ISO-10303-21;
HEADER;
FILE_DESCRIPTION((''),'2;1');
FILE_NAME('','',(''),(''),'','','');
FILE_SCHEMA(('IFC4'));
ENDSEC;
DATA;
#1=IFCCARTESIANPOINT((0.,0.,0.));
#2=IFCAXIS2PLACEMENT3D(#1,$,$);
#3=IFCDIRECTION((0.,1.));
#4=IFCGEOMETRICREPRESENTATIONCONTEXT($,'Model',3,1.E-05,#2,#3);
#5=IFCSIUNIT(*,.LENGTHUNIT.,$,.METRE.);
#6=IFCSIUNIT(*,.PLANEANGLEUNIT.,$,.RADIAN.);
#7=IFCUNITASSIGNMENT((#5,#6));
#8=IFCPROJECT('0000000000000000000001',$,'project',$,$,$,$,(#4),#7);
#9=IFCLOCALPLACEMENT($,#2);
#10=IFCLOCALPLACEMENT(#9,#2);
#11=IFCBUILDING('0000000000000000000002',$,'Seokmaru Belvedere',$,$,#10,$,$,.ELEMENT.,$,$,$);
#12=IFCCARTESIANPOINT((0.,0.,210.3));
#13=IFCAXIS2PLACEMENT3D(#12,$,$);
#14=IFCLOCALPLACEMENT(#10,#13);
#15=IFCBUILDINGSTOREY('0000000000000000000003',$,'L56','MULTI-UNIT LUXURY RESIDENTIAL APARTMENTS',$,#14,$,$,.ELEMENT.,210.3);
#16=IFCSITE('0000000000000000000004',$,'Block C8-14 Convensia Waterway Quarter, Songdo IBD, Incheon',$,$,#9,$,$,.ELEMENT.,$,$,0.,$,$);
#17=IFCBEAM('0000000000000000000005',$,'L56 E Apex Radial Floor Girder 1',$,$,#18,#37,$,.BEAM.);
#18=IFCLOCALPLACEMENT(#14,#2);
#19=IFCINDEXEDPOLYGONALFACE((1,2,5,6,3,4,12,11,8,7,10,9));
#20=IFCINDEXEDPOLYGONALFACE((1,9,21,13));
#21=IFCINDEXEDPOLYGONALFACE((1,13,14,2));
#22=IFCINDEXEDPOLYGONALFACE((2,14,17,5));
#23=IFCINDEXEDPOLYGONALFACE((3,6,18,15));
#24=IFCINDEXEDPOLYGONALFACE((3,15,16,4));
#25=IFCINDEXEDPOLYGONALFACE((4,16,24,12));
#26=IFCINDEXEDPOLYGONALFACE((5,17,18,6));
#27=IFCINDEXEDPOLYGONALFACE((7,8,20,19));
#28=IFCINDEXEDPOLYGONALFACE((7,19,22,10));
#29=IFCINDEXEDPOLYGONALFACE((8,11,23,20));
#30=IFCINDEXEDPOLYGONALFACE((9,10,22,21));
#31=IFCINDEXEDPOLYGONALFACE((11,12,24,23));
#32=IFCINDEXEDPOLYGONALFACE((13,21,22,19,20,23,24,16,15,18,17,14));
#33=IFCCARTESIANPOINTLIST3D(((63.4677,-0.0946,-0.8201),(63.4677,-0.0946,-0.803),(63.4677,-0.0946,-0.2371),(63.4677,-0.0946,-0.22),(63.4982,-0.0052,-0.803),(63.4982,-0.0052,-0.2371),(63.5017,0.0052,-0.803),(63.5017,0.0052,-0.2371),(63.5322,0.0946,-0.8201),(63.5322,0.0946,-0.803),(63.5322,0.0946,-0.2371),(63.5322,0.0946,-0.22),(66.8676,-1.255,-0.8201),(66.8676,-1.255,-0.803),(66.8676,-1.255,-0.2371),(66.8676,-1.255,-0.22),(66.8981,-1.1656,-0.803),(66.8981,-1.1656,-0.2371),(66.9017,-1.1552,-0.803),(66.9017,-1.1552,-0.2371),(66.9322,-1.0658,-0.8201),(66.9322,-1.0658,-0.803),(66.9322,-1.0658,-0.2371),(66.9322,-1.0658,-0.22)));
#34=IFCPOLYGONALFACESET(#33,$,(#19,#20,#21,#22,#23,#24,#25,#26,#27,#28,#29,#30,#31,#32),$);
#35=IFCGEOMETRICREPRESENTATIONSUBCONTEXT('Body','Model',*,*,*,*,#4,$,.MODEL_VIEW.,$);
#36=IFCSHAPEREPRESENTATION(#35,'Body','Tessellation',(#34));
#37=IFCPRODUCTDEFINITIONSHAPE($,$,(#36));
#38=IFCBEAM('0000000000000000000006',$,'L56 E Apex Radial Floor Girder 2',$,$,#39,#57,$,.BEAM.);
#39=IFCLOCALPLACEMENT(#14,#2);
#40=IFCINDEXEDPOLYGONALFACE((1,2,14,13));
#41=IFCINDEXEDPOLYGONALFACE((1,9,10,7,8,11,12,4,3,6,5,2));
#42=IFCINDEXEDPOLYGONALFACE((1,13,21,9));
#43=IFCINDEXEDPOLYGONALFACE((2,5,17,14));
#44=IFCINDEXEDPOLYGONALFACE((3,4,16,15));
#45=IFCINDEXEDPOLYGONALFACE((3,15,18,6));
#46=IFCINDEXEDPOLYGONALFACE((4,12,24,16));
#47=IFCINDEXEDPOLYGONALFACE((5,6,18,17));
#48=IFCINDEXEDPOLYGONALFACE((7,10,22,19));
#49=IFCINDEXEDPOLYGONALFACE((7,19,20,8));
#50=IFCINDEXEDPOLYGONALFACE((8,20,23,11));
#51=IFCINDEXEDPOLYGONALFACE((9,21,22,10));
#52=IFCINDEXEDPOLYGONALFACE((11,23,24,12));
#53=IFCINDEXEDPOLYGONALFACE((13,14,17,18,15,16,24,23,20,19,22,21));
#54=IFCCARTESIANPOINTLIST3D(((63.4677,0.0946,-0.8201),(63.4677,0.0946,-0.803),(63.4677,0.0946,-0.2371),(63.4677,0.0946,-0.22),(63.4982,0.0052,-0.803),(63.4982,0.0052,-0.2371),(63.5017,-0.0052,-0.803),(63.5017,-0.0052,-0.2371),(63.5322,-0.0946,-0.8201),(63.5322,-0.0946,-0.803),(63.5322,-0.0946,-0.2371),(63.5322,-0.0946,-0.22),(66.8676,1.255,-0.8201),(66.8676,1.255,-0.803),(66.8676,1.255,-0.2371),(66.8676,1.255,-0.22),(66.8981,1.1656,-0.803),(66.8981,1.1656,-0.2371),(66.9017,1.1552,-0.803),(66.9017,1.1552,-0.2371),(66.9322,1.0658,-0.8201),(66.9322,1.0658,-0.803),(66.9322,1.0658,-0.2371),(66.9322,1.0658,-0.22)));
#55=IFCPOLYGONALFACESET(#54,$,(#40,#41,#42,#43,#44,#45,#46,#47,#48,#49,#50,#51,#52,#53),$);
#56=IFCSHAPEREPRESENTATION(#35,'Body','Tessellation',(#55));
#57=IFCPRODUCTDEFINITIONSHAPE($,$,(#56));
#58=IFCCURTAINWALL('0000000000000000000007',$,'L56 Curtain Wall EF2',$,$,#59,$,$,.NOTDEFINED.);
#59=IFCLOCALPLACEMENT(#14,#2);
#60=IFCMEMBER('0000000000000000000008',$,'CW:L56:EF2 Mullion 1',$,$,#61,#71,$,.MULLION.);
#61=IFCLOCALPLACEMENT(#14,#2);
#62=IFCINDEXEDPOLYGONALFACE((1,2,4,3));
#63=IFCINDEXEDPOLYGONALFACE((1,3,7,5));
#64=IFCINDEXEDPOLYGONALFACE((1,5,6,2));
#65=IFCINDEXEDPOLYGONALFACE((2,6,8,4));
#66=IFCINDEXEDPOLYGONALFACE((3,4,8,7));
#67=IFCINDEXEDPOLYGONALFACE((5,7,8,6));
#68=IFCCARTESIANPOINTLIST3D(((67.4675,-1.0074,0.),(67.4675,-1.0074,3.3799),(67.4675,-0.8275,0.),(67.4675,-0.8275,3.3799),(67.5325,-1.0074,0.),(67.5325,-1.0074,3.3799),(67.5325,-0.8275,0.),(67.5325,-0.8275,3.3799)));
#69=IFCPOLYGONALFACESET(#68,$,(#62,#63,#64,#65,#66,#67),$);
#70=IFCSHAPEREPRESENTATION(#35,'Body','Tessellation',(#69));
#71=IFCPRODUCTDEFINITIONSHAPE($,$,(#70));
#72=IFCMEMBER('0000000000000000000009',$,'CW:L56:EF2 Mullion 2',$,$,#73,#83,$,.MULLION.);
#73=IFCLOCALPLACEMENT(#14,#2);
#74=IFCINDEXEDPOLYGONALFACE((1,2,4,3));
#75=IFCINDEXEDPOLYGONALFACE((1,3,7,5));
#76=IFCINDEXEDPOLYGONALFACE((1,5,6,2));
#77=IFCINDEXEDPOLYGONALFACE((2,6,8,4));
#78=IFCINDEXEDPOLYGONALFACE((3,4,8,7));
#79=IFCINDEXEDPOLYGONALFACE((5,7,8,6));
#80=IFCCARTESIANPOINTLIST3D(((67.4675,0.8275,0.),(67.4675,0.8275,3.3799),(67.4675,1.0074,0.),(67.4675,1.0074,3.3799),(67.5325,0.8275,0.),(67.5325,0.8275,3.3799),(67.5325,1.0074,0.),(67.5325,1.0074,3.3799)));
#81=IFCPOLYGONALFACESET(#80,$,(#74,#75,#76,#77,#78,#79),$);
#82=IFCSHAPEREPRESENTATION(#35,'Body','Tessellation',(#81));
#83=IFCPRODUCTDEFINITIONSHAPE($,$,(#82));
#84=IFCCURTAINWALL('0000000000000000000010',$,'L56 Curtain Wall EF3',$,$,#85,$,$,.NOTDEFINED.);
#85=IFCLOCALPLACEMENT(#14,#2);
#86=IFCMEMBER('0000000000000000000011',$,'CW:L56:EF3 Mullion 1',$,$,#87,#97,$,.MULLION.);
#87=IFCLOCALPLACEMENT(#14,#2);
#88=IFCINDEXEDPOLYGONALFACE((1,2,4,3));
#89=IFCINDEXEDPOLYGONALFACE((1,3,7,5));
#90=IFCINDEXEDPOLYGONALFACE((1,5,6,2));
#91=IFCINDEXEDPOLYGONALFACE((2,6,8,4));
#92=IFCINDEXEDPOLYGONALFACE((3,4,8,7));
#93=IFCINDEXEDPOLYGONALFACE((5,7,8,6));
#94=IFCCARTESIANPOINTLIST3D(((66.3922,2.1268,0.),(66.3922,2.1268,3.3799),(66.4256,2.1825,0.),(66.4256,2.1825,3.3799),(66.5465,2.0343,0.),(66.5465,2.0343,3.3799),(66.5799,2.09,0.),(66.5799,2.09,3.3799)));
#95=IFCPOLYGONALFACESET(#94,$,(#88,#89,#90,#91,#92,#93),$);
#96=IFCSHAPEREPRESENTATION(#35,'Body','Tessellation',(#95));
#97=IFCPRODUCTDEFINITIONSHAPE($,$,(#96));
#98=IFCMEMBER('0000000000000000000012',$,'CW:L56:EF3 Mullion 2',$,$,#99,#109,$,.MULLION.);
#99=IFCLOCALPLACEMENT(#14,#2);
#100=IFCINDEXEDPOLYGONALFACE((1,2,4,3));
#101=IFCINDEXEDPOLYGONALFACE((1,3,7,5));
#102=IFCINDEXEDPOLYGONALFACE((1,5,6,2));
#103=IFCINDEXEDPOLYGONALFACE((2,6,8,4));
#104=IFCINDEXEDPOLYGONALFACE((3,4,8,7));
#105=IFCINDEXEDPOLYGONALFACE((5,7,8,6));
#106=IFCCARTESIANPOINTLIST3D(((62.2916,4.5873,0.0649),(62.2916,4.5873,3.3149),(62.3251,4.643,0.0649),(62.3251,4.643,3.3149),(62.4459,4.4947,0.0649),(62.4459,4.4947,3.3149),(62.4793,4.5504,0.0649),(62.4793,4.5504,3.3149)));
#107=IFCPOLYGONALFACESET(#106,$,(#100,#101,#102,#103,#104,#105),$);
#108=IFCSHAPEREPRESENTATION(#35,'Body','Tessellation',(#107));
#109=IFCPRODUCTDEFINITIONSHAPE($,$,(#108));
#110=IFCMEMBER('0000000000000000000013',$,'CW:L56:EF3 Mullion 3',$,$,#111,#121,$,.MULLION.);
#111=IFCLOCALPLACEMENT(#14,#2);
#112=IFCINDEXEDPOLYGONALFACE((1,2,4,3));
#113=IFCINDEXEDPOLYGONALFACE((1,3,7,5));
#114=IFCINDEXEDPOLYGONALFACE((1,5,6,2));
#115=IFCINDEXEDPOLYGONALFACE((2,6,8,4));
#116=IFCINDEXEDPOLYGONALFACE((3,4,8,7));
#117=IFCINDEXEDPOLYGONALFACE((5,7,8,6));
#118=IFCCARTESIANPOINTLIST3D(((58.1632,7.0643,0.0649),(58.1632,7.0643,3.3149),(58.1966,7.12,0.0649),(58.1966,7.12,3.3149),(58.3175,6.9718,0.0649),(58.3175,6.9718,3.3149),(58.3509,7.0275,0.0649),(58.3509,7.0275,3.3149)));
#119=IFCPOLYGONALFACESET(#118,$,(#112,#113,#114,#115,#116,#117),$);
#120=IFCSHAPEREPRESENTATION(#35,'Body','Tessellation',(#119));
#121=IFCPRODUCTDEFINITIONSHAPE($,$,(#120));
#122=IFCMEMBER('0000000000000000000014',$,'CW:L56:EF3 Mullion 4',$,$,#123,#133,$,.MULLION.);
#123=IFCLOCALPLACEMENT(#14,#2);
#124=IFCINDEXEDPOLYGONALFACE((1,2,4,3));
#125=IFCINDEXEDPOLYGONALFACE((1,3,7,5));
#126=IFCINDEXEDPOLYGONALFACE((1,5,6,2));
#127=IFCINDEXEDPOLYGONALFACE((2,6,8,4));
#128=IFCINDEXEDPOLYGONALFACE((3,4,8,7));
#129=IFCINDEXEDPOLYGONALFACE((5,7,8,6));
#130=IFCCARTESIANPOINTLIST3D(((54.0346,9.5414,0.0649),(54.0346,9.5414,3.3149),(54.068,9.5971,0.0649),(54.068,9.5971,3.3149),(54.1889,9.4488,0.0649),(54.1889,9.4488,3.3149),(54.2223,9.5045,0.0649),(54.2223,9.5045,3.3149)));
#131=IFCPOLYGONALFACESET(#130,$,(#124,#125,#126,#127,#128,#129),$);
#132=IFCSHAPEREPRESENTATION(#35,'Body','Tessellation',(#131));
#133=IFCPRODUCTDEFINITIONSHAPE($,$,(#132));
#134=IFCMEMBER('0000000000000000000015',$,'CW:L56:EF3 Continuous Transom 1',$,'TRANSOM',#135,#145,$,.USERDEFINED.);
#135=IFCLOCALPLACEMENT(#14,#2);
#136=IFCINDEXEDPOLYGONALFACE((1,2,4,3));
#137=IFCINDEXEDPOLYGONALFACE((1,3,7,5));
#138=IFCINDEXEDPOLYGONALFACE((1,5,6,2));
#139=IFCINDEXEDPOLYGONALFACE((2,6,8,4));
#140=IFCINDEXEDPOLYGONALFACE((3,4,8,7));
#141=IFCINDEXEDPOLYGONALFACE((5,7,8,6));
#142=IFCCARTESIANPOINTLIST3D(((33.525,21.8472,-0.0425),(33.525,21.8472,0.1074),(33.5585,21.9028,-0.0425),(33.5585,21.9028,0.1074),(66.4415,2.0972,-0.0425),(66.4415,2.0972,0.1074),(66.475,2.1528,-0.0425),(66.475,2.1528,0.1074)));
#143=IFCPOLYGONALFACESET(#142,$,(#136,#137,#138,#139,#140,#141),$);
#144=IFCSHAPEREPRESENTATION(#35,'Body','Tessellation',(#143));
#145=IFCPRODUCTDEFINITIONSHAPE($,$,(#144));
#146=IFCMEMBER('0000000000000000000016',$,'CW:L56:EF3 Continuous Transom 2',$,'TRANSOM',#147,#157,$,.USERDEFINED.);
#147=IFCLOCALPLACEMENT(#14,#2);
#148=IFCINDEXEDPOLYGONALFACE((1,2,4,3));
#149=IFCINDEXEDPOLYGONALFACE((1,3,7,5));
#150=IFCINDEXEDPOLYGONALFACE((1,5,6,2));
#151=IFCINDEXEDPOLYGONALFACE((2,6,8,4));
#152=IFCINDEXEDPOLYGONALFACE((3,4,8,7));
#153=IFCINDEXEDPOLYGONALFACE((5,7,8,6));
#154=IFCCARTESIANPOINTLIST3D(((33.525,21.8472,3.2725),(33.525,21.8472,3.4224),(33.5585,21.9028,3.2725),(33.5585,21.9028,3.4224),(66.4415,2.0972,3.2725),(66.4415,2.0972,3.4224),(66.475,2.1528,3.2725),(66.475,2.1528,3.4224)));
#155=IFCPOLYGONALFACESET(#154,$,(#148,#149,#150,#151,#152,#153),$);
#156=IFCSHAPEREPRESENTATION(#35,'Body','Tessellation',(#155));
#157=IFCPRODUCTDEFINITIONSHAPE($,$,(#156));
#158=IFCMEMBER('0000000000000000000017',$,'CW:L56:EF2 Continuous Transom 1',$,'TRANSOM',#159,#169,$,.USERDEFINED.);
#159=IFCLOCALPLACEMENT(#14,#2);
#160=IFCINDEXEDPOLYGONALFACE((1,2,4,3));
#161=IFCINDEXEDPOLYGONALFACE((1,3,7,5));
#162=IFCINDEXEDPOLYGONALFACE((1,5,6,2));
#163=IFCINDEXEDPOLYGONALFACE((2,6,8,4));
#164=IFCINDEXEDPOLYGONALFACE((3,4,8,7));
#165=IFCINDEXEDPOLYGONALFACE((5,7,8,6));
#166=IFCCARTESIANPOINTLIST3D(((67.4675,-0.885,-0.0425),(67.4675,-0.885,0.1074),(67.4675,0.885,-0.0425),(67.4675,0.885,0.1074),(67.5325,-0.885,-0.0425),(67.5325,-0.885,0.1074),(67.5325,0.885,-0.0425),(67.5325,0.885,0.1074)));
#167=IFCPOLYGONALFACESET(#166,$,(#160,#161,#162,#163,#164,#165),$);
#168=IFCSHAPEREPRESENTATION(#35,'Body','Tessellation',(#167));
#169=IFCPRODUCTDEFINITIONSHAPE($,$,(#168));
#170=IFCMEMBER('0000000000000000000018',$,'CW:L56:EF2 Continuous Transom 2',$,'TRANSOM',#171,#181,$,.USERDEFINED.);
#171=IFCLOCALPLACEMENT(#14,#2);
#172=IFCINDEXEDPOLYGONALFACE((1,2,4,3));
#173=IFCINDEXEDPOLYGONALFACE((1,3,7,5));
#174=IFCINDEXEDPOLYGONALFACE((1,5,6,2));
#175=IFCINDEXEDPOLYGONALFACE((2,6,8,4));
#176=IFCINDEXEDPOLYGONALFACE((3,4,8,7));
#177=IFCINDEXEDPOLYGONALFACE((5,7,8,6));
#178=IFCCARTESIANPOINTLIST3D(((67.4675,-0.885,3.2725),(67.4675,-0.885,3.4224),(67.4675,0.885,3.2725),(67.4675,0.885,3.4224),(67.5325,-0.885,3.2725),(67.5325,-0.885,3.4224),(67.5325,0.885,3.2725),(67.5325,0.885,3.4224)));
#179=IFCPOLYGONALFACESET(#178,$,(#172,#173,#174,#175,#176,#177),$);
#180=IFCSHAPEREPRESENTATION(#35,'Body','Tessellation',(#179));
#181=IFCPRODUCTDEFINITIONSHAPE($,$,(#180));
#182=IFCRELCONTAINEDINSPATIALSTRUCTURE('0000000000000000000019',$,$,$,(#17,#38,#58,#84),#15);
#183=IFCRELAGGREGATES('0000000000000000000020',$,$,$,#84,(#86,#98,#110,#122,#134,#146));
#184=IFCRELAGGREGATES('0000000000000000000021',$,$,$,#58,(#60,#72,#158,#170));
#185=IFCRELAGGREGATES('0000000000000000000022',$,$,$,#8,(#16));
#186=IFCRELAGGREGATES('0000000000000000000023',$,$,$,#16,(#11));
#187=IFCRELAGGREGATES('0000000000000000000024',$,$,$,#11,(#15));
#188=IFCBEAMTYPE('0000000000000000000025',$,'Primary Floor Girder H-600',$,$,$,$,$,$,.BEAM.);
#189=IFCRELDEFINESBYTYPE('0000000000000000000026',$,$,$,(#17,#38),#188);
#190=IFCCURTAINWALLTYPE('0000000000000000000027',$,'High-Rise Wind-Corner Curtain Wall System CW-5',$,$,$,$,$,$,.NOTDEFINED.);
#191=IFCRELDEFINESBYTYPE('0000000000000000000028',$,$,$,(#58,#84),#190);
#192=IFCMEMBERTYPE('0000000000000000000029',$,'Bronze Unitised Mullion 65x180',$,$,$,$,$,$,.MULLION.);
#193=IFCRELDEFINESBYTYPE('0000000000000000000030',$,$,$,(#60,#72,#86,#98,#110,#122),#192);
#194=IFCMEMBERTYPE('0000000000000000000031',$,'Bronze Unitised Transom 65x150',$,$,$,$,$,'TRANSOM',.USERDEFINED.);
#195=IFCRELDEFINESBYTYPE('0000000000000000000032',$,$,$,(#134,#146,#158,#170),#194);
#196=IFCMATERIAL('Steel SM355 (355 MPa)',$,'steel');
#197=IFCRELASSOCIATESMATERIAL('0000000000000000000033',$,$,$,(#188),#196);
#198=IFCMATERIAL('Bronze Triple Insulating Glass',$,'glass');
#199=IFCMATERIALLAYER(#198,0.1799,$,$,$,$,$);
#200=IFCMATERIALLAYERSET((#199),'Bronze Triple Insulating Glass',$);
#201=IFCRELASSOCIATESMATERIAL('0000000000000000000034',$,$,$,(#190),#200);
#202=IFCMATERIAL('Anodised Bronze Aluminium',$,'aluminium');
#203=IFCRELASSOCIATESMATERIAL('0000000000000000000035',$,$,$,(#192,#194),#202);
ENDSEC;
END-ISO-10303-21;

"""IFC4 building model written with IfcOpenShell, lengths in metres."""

from ifc_helpers import new_model, si_unit, direction, frame, origin, origin_2d, place, context, subcontext, project, spatial, rectangle, i_section, extrude, source, transform, mapped, material, layer, layer_set, material_profile, profile_set, type_object, type_shapes, element, aggregate, save


model = new_model("IFC4")

# Units and contexts
model_context = context("Model", 3, precision=1e-05, world=origin(), true_north=direction((0.0, 1.0)))
body_context = subcontext(model_context, "Body", "Model", "MODEL_VIEW")
ifc_project = project(units=[si_unit("LENGTHUNIT", "METRE"), si_unit("PLANEANGLEUNIT", "RADIAN")], contexts=[model_context])

# Site, building, storey
site_placement = place(None, origin())
site = spatial("IfcSite", under=ifc_project, at=site_placement, Name="Block C8-14 Convensia Waterway Quarter, Songdo IBD, Incheon", CompositionType="ELEMENT", RefElevation=0.0)
building_placement = place(site_placement, origin())
building = spatial("IfcBuilding", under=site, at=building_placement, Name="Seokmaru Belvedere", CompositionType="ELEMENT")
storey_placement = place(building_placement, frame((0.0, 0.0, 210.3)))
storey = spatial("IfcBuildingStorey", under=building, at=storey_placement, Name="L56", Description="MULTI-UNIT LUXURY RESIDENTIAL APARTMENTS", CompositionType="ELEMENT", Elevation=210.3)

# Shared definitions
ifc_material_1 = material(Name="Steel SM355 (355 MPa)", Category="steel")

# Beams
ifc_material_profile_1 = material_profile(ifc_material_1, i_section(OverallWidth=0.2, OverallDepth=0.6001, WebThickness=0.011, FlangeThickness=0.0171, at=origin_2d()), Name="H-600x200x11x17")
ifc_profile_set_1 = profile_set([ifc_material_profile_1], Name="Steel SM355 (355 MPa)")
beam_type_1 = type_object("IfcBeamType", Name="Primary Floor Girder H-600", PredefinedType="BEAM", material=ifc_profile_set_1)
shared_shape_1 = source(origin(), body_context, "Body", "SweptSolid", [
    extrude(i_section(OverallWidth=0.2, OverallDepth=0.6001, WebThickness=0.011, FlangeThickness=0.0171, at=origin_2d()), origin(), (0.0, 0.0, 1.0), 3.5925),
])
for number, where, z_axis, x_axis, name in (
    (1, (66.8999, -1.1604, -0.52), (-0.946396, 0.323009, 0.0), (-0.323009, -0.946396, 0.0), "L56 E Apex Radial Floor Girder 1"),
    (2, (66.8999, 1.1604, -0.52), (-0.946396, -0.323009, 0.0), (0.323009, -0.946396, 0.0), "L56 E Apex Radial Floor Girder 2"),
):
    element("IfcBeam", number, at=place(storey_placement, frame(where, z_axis=z_axis, x_axis=x_axis)), inside=storey, type_object=beam_type_1, Name=name, PredefinedType="BEAM", context=body_context, shape_type="MappedRepresentation", body=[
        mapped(shared_shape_1, transform((0.0, 0.0, 0.0), scale=1.0)),
    ])

# Curtain walls, members
ifc_material_2 = material(Name="Bronze Triple Insulating Glass", Category="glass")
ifc_layer_1 = layer(ifc_material_2, 0.1799)
ifc_layer_set_1 = layer_set([ifc_layer_1], Name="Bronze Triple Insulating Glass")
curtain_wall_type = type_object("IfcCurtainWallType", Name="High-Rise Wind-Corner Curtain Wall System CW-5", PredefinedType="NOTDEFINED", material=ifc_layer_set_1)
curtain_wall_1_placement = place(storey_placement, origin())
curtain_wall_1 = element("IfcCurtainWall", 3, at=curtain_wall_1_placement, inside=storey, type_object=curtain_wall_type, Name="L56 Curtain Wall EF2", PredefinedType="NOTDEFINED")
ifc_material_3 = material(Name="Anodised Bronze Aluminium", Category="aluminium")
ifc_material_profile_2 = material_profile(ifc_material_3, rectangle(XDim=0.0649, YDim=0.1799, at=origin_2d()), Name="CW-M-65x180")
ifc_profile_set_2 = profile_set([ifc_material_profile_2], Name="Anodised Bronze Aluminium")
member_type_1 = type_object("IfcMemberType", Name="Bronze Unitised Mullion 65x180", PredefinedType="MULLION", material=ifc_profile_set_2)
shared_shape_2 = source(origin(), body_context, "Body", "SweptSolid", [
    extrude(rectangle(XDim=0.0649, YDim=0.1799, at=origin_2d()), origin(), (0.0, 0.0, 1.0), 3.3799),
])
member_1_placement = place(storey_placement, frame((67.5, -0.9175, 0.0), z_axis=(0.0, 0.0, 1.0), x_axis=(-1.0, 0.0, 0.0)))
member_1 = element("IfcMember", 4, at=member_1_placement, type_object=member_type_1, Name="CW:L56:EF2 Mullion 1", PredefinedType="MULLION", context=body_context, shape_type="MappedRepresentation", body=[
    mapped(shared_shape_2, transform((0.0, 0.0, 0.0), scale=1.0)),
])
member_2_placement = place(storey_placement, frame((67.5, 0.9175, 0.0), z_axis=(0.0, 0.0, 1.0), x_axis=(-1.0, 0.0, 0.0)))
member_2 = element("IfcMember", 5, at=member_2_placement, type_object=member_type_1, Name="CW:L56:EF2 Mullion 2", PredefinedType="MULLION", context=body_context, shape_type="MappedRepresentation", body=[
    mapped(shared_shape_2, transform((0.0, 0.0, 0.0), scale=1.0)),
])
curtain_wall_2_placement = place(storey_placement, origin())
curtain_wall_2 = element("IfcCurtainWall", 6, at=curtain_wall_2_placement, inside=storey, type_object=curtain_wall_type, Name="L56 Curtain Wall EF3", PredefinedType="NOTDEFINED")
member_3_placement = place(storey_placement, frame((66.4861, 2.1084, 0.0), z_axis=(0.0, 0.0, 1.0), x_axis=(-0.514495, -0.857493, 0.0)))
member_3 = element("IfcMember", 7, at=member_3_placement, type_object=member_type_1, Name="CW:L56:EF3 Mullion 1", PredefinedType="MULLION", context=body_context, shape_type="MappedRepresentation", body=[
    mapped(shared_shape_2, transform((0.0, 0.0, 0.0), scale=1.0)),
])
shared_shape_3 = source(origin(), body_context, "Body", "SweptSolid", [
    extrude(rectangle(XDim=0.0649, YDim=0.1799, at=origin_2d()), origin(), (0.0, 0.0, 1.0), 3.25),
])
type_shapes(member_type_1, [shared_shape_2, shared_shape_3])
member_4_placement = place(storey_placement, frame((62.3855, 4.5688, 0.0649), z_axis=(0.0, 0.0, 1.0), x_axis=(-0.514495, -0.857493, 0.0)))
member_4 = element("IfcMember", 8, at=member_4_placement, type_object=member_type_1, Name="CW:L56:EF3 Mullion 2", PredefinedType="MULLION", context=body_context, shape_type="MappedRepresentation", body=[
    mapped(shared_shape_3, transform((0.0, 0.0, 0.0), scale=1.0)),
])
member_5_placement = place(storey_placement, frame((58.2571, 7.0459, 0.0649), z_axis=(0.0, 0.0, 1.0), x_axis=(-0.514495, -0.857493, 0.0)))
member_5 = element("IfcMember", 9, at=member_5_placement, type_object=member_type_1, Name="CW:L56:EF3 Mullion 3", PredefinedType="MULLION", context=body_context, shape_type="MappedRepresentation", body=[
    mapped(shared_shape_3, transform((0.0, 0.0, 0.0), scale=1.0)),
])
member_6_placement = place(storey_placement, frame((54.1284, 9.5229, 0.0649), z_axis=(0.0, 0.0, 1.0), x_axis=(-0.514495, -0.857493, 0.0)))
member_6 = element("IfcMember", 10, at=member_6_placement, type_object=member_type_1, Name="CW:L56:EF3 Mullion 4", PredefinedType="MULLION", context=body_context, shape_type="MappedRepresentation", body=[
    mapped(shared_shape_3, transform((0.0, 0.0, 0.0), scale=1.0)),
])
ifc_material_profile_3 = material_profile(ifc_material_3, rectangle(XDim=0.0649, YDim=0.1499, at=origin_2d()), Name="CW-T-65x150")
ifc_profile_set_3 = profile_set([ifc_material_profile_3], Name="Anodised Bronze Aluminium")
member_type_2 = type_object("IfcMemberType", Name="Bronze Unitised Transom 65x150", ElementType="TRANSOM", PredefinedType="USERDEFINED", material=ifc_profile_set_3)
shared_shape_4 = source(origin(), body_context, "Body", "SweptSolid", [
    extrude(rectangle(XDim=0.0649, YDim=0.1499, at=origin_2d()), origin(), (0.0, 0.0, 1.0), 38.387),
])
member_7_placement = place(storey_placement, frame((66.4583, 2.125, 0.0325), z_axis=(-0.857492, 0.514498, 0.0), x_axis=(-0.514498, -0.857492, 0.0)))
member_7 = element("IfcMember", 11, at=member_7_placement, type_object=member_type_2, Name="CW:L56:EF3 Continuous Transom 1", ObjectType="TRANSOM", PredefinedType="USERDEFINED", context=body_context, shape_type="MappedRepresentation", body=[
    mapped(shared_shape_4, transform((0.0, 0.0, 0.0), scale=1.0)),
])
member_8_placement = place(storey_placement, frame((66.4583, 2.125, 3.3474), z_axis=(-0.857492, 0.514498, 0.0), x_axis=(-0.514498, -0.857492, 0.0)))
member_8 = element("IfcMember", 12, at=member_8_placement, type_object=member_type_2, Name="CW:L56:EF3 Continuous Transom 2", ObjectType="TRANSOM", PredefinedType="USERDEFINED", context=body_context, shape_type="MappedRepresentation", body=[
    mapped(shared_shape_4, transform((0.0, 0.0, 0.0), scale=1.0)),
])

# Members
shared_shape_5 = source(origin(), body_context, "Body", "SweptSolid", [
    extrude(rectangle(XDim=0.0649, YDim=0.1499, at=origin_2d()), origin(), (0.0, 0.0, 1.0), 1.77),
])
type_shapes(member_type_2, [shared_shape_4, shared_shape_5])
member_9_placement = place(storey_placement, frame((67.5, -0.885, 0.0325), z_axis=(0.0, 1.0, 0.0), x_axis=(-1.0, 0.0, 0.0)))
member_9 = element("IfcMember", 13, at=member_9_placement, type_object=member_type_2, Name="CW:L56:EF2 Continuous Transom 1", ObjectType="TRANSOM", PredefinedType="USERDEFINED", context=body_context, shape_type="MappedRepresentation", body=[
    mapped(shared_shape_5, transform((0.0, 0.0, 0.0), scale=1.0)),
])
member_10_placement = place(storey_placement, frame((67.5, -0.885, 3.3474), z_axis=(0.0, 1.0, 0.0), x_axis=(-1.0, 0.0, 0.0)))
member_10 = element("IfcMember", 14, at=member_10_placement, type_object=member_type_2, Name="CW:L56:EF2 Continuous Transom 2", ObjectType="TRANSOM", PredefinedType="USERDEFINED", context=body_context, shape_type="MappedRepresentation", body=[
    mapped(shared_shape_5, transform((0.0, 0.0, 0.0), scale=1.0)),
])

aggregate(curtain_wall_2, [member_3, member_4, member_5, member_6, member_7, member_8])
aggregate(curtain_wall_1, [member_1, member_2, member_9, member_10])

save(model, "model.ifc")
